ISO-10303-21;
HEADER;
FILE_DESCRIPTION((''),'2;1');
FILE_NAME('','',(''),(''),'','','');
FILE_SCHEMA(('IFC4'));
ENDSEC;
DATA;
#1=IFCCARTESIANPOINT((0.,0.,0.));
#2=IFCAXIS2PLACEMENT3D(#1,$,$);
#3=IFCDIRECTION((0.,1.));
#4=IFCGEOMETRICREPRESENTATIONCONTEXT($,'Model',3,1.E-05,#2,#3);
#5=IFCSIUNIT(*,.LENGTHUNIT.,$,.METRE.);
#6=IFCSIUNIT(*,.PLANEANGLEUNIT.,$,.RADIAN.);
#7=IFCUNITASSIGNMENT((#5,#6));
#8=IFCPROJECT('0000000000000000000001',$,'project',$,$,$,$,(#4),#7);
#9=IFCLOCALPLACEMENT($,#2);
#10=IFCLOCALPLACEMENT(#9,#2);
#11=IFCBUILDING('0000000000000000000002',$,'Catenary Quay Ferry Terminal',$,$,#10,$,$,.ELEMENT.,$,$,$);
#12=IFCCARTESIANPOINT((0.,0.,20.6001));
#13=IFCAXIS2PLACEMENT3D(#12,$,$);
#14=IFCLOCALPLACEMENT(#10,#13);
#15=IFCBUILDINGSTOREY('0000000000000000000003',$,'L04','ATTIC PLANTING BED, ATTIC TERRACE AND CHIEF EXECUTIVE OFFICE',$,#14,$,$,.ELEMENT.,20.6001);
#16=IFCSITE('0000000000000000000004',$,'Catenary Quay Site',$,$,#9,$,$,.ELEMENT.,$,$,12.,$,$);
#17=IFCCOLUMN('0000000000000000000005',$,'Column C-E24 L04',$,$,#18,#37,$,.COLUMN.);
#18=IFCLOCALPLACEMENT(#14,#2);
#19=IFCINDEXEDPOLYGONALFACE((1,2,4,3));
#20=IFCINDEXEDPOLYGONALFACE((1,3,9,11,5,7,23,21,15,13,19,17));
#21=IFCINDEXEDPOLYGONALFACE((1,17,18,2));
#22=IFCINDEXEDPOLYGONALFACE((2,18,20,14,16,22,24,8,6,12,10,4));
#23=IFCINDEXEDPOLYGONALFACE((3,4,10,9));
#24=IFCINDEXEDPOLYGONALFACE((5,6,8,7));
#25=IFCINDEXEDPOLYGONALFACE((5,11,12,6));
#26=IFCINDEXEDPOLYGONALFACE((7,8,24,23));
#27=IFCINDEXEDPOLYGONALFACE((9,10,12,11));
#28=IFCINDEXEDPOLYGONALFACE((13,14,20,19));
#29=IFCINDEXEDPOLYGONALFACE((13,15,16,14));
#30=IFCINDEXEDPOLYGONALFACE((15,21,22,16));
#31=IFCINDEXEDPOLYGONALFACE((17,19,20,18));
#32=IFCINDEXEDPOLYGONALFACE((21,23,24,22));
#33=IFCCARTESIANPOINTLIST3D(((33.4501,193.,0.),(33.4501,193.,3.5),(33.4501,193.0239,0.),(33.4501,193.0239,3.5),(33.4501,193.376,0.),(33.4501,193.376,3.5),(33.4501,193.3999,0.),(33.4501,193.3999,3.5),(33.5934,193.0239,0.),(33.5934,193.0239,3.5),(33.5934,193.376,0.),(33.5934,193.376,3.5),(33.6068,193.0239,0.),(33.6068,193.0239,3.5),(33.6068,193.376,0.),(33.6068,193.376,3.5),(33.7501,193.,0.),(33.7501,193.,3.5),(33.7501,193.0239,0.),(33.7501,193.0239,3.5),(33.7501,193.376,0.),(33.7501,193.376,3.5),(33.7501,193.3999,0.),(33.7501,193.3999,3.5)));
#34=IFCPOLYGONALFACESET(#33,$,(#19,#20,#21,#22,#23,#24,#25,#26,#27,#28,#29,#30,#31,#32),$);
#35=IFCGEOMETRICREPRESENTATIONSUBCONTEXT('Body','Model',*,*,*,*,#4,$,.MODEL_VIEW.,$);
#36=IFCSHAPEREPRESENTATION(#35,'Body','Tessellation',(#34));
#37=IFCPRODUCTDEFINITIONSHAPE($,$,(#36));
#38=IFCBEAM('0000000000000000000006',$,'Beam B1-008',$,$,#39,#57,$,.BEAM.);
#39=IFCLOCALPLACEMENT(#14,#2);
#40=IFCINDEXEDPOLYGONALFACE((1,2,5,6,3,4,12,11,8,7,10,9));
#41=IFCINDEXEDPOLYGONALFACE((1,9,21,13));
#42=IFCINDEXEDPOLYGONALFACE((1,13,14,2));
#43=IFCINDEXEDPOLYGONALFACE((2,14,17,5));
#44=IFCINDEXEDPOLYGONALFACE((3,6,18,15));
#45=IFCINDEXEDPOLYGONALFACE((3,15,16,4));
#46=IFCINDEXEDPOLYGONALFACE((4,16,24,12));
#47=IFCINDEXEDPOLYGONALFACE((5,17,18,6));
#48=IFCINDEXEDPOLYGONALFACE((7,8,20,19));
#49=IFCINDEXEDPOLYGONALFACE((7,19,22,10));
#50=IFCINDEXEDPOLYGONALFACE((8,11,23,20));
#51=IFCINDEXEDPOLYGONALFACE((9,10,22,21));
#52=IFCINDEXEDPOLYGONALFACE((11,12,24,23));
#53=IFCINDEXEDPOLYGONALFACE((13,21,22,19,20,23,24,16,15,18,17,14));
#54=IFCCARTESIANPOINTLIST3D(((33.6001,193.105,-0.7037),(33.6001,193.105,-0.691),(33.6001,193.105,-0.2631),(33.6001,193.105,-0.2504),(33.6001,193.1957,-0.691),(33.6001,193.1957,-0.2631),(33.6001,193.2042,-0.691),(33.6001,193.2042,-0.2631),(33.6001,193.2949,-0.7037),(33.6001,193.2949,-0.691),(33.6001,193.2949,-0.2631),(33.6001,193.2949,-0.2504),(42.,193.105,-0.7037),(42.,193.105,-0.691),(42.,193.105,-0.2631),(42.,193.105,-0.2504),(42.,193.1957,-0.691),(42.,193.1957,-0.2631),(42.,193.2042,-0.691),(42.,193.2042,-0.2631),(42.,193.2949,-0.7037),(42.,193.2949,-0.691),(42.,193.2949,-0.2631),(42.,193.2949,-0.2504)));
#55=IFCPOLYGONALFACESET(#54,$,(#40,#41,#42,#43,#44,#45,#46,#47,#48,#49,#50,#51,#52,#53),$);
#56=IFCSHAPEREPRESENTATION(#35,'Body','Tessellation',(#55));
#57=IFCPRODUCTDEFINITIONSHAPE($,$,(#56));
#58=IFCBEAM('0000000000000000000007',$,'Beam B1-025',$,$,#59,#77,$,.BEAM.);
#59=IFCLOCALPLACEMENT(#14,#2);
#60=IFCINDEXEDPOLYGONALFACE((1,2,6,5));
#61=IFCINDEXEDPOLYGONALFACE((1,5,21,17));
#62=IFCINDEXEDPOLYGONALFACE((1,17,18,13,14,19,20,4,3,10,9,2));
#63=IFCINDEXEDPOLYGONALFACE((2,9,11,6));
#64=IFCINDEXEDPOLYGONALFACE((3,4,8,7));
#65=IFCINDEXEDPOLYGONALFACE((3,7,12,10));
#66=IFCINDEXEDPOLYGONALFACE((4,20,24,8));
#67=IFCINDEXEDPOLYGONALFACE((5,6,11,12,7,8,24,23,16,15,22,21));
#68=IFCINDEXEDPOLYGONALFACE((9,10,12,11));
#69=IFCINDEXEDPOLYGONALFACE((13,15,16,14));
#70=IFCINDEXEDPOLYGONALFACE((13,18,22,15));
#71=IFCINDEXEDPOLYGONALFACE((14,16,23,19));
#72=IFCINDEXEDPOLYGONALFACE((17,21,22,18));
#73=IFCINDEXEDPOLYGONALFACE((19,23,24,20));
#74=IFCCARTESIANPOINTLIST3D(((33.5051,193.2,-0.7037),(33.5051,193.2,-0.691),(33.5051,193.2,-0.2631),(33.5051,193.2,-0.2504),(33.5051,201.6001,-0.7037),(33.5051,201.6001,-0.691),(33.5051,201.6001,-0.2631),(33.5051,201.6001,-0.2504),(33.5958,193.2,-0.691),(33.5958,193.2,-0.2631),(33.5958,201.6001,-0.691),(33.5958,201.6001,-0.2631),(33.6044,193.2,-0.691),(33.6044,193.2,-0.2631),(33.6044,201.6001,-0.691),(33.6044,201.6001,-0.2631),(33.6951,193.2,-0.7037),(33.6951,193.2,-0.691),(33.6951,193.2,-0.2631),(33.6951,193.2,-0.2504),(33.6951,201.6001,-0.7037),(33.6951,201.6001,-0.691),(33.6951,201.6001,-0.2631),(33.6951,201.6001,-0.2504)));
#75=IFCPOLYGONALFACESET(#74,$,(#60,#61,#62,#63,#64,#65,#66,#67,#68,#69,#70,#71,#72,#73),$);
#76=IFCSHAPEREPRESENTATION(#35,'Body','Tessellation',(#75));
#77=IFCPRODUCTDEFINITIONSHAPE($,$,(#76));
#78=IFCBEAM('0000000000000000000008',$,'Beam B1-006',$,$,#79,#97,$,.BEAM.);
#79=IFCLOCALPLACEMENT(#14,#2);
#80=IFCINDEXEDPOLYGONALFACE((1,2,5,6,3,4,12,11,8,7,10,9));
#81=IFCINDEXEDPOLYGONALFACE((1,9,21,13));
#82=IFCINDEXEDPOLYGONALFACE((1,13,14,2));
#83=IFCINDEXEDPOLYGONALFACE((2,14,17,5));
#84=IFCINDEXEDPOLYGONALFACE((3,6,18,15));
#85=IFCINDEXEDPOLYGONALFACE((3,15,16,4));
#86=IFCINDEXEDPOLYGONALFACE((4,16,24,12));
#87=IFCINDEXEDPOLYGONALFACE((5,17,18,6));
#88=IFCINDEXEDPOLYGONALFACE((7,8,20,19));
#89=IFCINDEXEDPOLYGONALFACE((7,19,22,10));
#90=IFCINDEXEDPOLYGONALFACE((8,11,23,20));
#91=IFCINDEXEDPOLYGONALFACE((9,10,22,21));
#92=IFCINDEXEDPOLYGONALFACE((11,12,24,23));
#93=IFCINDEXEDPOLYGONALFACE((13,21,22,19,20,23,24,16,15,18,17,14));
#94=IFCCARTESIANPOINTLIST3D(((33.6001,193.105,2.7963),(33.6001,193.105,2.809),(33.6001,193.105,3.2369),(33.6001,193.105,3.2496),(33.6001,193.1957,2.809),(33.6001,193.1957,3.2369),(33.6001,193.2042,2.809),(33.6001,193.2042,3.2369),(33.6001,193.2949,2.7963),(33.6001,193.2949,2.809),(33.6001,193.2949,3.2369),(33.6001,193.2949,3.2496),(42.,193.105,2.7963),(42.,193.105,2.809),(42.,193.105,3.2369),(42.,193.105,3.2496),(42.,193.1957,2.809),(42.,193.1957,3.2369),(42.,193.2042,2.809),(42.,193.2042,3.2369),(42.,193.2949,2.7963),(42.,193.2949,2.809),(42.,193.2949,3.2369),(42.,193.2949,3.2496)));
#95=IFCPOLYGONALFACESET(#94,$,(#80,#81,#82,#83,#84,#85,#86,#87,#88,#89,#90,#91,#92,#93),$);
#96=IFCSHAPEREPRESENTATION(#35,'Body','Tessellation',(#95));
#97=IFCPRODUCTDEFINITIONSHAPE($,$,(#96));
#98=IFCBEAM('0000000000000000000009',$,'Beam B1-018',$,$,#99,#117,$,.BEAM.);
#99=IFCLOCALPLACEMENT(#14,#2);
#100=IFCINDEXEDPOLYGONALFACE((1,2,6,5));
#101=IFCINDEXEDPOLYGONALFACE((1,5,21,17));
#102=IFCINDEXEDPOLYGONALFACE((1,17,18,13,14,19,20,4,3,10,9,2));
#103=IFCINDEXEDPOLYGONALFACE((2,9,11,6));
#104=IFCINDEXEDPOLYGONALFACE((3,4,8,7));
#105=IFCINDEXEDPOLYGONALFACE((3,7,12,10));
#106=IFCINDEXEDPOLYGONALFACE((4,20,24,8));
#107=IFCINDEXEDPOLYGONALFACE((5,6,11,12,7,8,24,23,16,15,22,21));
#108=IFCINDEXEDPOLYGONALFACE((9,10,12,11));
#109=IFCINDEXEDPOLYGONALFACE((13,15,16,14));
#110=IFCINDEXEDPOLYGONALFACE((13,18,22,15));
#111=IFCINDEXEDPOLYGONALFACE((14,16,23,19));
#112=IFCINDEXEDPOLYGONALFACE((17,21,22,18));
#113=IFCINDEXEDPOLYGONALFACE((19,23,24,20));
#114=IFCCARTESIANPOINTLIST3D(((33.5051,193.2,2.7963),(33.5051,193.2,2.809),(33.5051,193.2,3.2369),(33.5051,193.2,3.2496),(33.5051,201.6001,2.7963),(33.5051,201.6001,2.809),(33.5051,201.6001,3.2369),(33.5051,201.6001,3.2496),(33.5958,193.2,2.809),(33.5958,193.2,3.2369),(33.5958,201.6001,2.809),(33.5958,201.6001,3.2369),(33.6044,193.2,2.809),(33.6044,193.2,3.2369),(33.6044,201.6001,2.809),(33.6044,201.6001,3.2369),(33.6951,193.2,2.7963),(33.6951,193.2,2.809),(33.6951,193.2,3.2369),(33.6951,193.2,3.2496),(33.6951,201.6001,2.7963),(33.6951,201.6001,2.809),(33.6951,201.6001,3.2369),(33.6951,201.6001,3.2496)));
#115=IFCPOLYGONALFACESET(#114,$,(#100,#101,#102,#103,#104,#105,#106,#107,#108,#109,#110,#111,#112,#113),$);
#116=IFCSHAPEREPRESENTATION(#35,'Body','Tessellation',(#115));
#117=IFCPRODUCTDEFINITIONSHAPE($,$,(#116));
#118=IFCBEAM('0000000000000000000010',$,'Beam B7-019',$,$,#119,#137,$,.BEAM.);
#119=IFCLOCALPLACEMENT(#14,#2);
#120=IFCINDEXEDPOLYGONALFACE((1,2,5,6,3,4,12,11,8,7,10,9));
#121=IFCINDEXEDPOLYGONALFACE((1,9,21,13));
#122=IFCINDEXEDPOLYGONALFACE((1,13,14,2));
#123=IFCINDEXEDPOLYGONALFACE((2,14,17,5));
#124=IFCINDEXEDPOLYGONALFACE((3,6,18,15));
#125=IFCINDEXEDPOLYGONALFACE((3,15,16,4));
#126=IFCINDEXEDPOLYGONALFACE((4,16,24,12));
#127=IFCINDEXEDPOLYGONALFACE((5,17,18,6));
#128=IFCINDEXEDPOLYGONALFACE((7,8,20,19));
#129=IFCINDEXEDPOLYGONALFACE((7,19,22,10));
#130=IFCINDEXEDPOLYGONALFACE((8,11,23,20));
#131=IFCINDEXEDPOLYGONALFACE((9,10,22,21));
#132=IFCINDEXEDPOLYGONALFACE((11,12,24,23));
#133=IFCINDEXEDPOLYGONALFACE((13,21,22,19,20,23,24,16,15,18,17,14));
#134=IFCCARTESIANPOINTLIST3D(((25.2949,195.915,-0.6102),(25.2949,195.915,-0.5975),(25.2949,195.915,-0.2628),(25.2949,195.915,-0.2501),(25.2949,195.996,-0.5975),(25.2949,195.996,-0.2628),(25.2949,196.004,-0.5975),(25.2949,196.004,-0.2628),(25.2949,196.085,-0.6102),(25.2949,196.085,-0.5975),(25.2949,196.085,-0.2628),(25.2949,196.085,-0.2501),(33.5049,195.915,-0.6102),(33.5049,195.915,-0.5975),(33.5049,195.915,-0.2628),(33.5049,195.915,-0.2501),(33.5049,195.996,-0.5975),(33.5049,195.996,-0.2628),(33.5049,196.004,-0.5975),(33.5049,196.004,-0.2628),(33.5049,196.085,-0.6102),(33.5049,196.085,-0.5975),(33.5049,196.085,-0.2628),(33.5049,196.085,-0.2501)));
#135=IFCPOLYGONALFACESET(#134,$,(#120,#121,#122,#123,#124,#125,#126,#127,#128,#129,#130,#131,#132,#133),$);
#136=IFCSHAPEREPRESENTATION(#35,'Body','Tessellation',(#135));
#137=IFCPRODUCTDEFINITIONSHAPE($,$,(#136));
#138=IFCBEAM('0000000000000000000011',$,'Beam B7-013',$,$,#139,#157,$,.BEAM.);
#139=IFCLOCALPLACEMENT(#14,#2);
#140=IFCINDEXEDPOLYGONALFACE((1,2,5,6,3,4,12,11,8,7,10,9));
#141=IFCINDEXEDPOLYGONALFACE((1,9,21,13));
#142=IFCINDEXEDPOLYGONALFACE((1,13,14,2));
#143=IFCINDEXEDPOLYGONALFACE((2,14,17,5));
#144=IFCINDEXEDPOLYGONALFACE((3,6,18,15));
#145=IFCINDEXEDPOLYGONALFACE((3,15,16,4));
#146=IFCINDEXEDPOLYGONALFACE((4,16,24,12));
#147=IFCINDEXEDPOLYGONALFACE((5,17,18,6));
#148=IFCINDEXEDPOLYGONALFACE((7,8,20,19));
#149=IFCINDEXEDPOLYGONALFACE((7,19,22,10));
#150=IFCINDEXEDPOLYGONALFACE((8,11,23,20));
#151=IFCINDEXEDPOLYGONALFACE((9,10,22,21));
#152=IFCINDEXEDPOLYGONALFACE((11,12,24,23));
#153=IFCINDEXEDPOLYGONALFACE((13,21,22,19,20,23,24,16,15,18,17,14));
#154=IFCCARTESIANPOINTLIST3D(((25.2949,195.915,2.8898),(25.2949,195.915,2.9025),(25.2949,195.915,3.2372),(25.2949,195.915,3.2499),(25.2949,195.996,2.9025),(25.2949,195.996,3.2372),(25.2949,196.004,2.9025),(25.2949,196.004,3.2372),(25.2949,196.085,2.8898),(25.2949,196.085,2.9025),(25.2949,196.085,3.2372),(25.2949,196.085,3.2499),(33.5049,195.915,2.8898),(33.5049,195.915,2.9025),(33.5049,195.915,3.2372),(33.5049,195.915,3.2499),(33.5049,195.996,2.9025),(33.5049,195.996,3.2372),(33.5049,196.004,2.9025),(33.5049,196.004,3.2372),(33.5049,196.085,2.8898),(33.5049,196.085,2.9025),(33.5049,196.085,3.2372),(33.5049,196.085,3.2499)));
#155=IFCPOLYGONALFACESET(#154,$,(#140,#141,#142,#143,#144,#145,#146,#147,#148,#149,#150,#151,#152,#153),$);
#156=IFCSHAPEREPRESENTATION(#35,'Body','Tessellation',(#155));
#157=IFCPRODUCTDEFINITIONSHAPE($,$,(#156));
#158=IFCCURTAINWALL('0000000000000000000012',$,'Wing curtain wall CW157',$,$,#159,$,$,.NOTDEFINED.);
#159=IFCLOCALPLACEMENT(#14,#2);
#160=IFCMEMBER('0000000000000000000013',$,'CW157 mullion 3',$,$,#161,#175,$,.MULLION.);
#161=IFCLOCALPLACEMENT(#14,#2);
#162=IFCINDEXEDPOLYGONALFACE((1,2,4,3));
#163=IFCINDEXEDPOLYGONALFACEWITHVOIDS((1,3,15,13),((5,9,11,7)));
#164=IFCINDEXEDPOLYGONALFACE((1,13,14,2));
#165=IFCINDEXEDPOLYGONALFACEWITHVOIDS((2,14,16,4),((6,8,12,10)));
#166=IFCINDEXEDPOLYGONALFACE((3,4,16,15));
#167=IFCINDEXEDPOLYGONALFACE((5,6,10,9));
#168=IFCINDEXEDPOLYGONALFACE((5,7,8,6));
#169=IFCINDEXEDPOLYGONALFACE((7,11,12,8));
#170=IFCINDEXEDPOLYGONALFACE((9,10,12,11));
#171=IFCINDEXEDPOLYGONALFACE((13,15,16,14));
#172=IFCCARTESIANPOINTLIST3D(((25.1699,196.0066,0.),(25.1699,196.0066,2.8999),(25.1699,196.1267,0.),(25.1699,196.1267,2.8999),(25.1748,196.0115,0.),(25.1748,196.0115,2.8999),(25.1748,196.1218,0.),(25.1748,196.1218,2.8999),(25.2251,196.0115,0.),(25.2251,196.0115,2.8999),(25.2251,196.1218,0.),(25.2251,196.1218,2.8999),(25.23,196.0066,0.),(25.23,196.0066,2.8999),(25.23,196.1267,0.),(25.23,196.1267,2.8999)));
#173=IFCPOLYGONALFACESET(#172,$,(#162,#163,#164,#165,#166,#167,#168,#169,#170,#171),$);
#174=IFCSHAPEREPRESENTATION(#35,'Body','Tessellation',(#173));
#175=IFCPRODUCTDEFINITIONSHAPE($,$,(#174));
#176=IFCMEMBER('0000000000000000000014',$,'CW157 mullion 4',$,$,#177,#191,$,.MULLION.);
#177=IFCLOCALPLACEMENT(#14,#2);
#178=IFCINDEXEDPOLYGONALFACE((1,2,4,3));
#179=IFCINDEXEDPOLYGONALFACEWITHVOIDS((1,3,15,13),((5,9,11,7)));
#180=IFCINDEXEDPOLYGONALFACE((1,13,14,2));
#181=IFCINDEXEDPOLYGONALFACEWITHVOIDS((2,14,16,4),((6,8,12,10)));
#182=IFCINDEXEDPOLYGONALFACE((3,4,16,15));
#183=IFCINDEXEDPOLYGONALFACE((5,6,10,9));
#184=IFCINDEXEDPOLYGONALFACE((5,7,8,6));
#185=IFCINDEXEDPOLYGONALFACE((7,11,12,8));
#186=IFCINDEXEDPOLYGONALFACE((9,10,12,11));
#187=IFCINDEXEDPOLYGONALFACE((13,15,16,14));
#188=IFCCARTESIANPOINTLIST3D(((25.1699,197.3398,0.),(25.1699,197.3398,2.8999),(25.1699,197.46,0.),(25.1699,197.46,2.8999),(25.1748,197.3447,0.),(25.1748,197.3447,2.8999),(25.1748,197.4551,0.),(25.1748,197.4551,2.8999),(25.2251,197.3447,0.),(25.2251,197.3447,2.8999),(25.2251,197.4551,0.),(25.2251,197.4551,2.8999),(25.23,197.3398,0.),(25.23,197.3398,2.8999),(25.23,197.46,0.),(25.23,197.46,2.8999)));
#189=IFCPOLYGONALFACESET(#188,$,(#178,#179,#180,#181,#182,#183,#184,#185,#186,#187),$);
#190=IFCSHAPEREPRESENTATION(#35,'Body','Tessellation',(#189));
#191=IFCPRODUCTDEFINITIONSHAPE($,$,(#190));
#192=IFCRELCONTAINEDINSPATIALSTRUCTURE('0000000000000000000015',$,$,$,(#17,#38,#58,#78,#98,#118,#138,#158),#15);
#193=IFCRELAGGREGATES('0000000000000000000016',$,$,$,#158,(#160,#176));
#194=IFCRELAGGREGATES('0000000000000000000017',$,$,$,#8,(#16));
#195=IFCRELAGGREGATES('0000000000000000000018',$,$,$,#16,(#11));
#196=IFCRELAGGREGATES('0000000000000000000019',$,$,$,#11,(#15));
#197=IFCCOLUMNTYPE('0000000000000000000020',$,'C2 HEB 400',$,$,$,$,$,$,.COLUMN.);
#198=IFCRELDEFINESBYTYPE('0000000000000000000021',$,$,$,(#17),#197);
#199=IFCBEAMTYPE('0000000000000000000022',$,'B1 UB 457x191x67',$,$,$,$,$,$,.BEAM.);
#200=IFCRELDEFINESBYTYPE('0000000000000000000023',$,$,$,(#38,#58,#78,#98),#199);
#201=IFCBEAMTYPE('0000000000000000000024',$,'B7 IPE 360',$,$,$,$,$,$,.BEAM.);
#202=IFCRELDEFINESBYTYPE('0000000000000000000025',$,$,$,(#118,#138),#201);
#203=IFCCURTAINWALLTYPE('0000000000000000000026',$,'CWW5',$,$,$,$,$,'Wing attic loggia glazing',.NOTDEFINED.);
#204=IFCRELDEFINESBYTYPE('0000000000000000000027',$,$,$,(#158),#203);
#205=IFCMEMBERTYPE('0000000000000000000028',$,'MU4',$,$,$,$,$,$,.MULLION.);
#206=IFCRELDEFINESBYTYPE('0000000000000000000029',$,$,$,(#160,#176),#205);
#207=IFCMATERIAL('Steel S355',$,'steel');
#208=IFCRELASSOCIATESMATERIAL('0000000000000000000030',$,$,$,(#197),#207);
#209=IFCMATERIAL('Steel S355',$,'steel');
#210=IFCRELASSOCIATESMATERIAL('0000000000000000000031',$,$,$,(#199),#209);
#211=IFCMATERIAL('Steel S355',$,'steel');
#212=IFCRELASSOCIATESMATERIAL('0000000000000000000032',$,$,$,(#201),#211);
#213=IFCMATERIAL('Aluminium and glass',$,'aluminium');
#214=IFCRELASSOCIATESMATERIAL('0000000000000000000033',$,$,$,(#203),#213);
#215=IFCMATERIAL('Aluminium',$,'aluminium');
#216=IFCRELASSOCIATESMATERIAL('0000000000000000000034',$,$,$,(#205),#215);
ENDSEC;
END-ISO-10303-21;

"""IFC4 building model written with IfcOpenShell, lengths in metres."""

from ifc_helpers import new_model, si_unit, direction, frame, origin, origin_2d, place, context, subcontext, project, spatial, hollow_rectangle, i_section, extrude, material, material_profile, profile_set, type_object, element, aggregate, save


model = new_model("IFC4")

# Units and contexts
model_context = context("Model", 3, precision=1e-05, world=origin(), true_north=direction((0.0, 1.0)))
body_context = subcontext(model_context, "Body", "Model", "MODEL_VIEW")
ifc_project = project(units=[si_unit("LENGTHUNIT", "METRE"), si_unit("PLANEANGLEUNIT", "RADIAN")], contexts=[model_context])

# Site, building, storey
site_placement = place(None, origin())
site = spatial("IfcSite", under=ifc_project, at=site_placement, Name="Catenary Quay Site", CompositionType="ELEMENT", RefElevation=12.0)
building_placement = place(site_placement, origin())
building = spatial("IfcBuilding", under=site, at=building_placement, Name="Catenary Quay Ferry Terminal", CompositionType="ELEMENT")
storey_placement = place(building_placement, frame((0.0, 0.0, 20.6001)))
storey = spatial("IfcBuildingStorey", under=building, at=storey_placement, Name="L04", Description="ATTIC PLANTING BED, ATTIC TERRACE AND CHIEF EXECUTIVE OFFICE", CompositionType="ELEMENT", Elevation=20.6001)

# Column
ifc_material_1 = material(Name="Steel S355", Category="steel")
ifc_material_profile_1 = material_profile(ifc_material_1, i_section(OverallWidth=0.3, OverallDepth=0.3999, WebThickness=0.0134, FlangeThickness=0.0239, at=origin_2d()), Name="HEB 400")
ifc_profile_set_1 = profile_set([ifc_material_profile_1], Name="Steel S355")
column_type = type_object("IfcColumnType", Name="C2 HEB 400", PredefinedType="COLUMN", material=ifc_profile_set_1)
column_placement = place(storey_placement, frame((33.6001, 193.2, 0.0), z_axis=(0.0, 0.0, 1.0), x_axis=(1.0, 0.0, 0.0)))
element("IfcColumn", 1, at=column_placement, inside=storey, type_object=column_type, Name="Column C-E24 L04", PredefinedType="COLUMN", context=body_context, shape_type="SweptSolid", body=[
    extrude(i_section(OverallWidth=0.3, OverallDepth=0.3999, WebThickness=0.0134, FlangeThickness=0.0239, at=origin_2d()), origin(), (0.0, 0.0, 1.0), 3.5),
])

# Beams
ifc_material_2 = material(Name="Steel S355", Category="steel")
ifc_material_profile_2 = material_profile(ifc_material_2, i_section(OverallWidth=0.1899, OverallDepth=0.4534, WebThickness=0.0085, FlangeThickness=0.0127, at=origin_2d()), Name="UB 457x191x67")
ifc_profile_set_2 = profile_set([ifc_material_profile_2], Name="Steel S355")
beam_type_1 = type_object("IfcBeamType", Name="B1 UB 457x191x67", PredefinedType="BEAM", material=ifc_profile_set_2)
beam_1_placement = place(storey_placement, frame((33.6001, 193.2, -0.4771), z_axis=(1.0, 0.0, 0.0), x_axis=(0.0, 1.0, 0.0)))
element("IfcBeam", 2, at=beam_1_placement, inside=storey, type_object=beam_type_1, Name="Beam B1-008", PredefinedType="BEAM", context=body_context, shape_type="SweptSolid", body=[
    extrude(i_section(OverallWidth=0.1899, OverallDepth=0.4534, WebThickness=0.0085, FlangeThickness=0.0127, at=origin_2d()), origin(), (0.0, 0.0, 1.0), 8.3999),
])
beam_2_placement = place(storey_placement, frame((33.6001, 193.2, -0.4771), z_axis=(0.0, 1.0, 0.0), x_axis=(-1.0, 0.0, 0.0)))
element("IfcBeam", 3, at=beam_2_placement, inside=storey, type_object=beam_type_1, Name="Beam B1-025", PredefinedType="BEAM", context=body_context, shape_type="SweptSolid", body=[
    extrude(i_section(OverallWidth=0.1899, OverallDepth=0.4534, WebThickness=0.0085, FlangeThickness=0.0127, at=origin_2d()), origin(), (0.0, 0.0, 1.0), 8.4001),
])
beam_3_placement = place(storey_placement, frame((33.6001, 193.2, 3.0229), z_axis=(1.0, 0.0, 0.0), x_axis=(0.0, 1.0, 0.0)))
element("IfcBeam", 4, at=beam_3_placement, inside=storey, type_object=beam_type_1, Name="Beam B1-006", PredefinedType="BEAM", context=body_context, shape_type="SweptSolid", body=[
    extrude(i_section(OverallWidth=0.1899, OverallDepth=0.4534, WebThickness=0.0085, FlangeThickness=0.0127, at=origin_2d()), origin(), (0.0, 0.0, 1.0), 8.3999),
])
beam_4_placement = place(storey_placement, frame((33.6001, 193.2, 3.0229), z_axis=(0.0, 1.0, 0.0), x_axis=(-1.0, 0.0, 0.0)))
element("IfcBeam", 5, at=beam_4_placement, inside=storey, type_object=beam_type_1, Name="Beam B1-018", PredefinedType="BEAM", context=body_context, shape_type="SweptSolid", body=[
    extrude(i_section(OverallWidth=0.1899, OverallDepth=0.4534, WebThickness=0.0085, FlangeThickness=0.0127, at=origin_2d()), origin(), (0.0, 0.0, 1.0), 8.4001),
])
ifc_material_3 = material(Name="Steel S355", Category="steel")
ifc_material_profile_3 = material_profile(ifc_material_3, i_section(OverallWidth=0.1699, OverallDepth=0.3601, WebThickness=0.0081, FlangeThickness=0.0127, at=origin_2d()), Name="IPE 360")
ifc_profile_set_3 = profile_set([ifc_material_profile_3], Name="Steel S355")
beam_type_2 = type_object("IfcBeamType", Name="B7 IPE 360", PredefinedType="BEAM", material=ifc_profile_set_3)
for number, where, z_axis, x_axis, name in (
    (6, (25.2949, 196.0, -0.4302), (1.0, 0.0, 0.0), (0.0, 1.0, 0.0), "Beam B7-019"),
    (7, (25.2949, 196.0, 3.0698), (1.0, 0.0, 0.0), (0.0, 1.0, 0.0), "Beam B7-013"),
):
    element("IfcBeam", number, at=place(storey_placement, frame(where, z_axis=z_axis, x_axis=x_axis)), inside=storey, type_object=beam_type_2, Name=name, PredefinedType="BEAM", context=body_context, shape_type="SweptSolid", body=[
        extrude(i_section(OverallWidth=0.1699, OverallDepth=0.3601, WebThickness=0.0081, FlangeThickness=0.0127, at=origin_2d()), origin(), (0.0, 0.0, 1.0), 8.21),
    ])

# Curtain wall, members
ifc_material_4 = material(Name="Aluminium and glass", Category="aluminium")
curtain_wall_type = type_object("IfcCurtainWallType", Name="CWW5", ElementType="Wing attic loggia glazing", PredefinedType="NOTDEFINED", material=ifc_material_4)
curtain_wall_placement = place(storey_placement, origin())
curtain_wall = element("IfcCurtainWall", 8, at=curtain_wall_placement, inside=storey, type_object=curtain_wall_type, Name="Wing curtain wall CW157", PredefinedType="NOTDEFINED")
ifc_material_5 = material(Name="Aluminium", Category="aluminium")
ifc_material_profile_4 = material_profile(ifc_material_5, hollow_rectangle(XDim=0.0601, YDim=0.1201, WallThickness=0.0049, at=origin_2d()), Name="MU4")
ifc_profile_set_4 = profile_set([ifc_material_profile_4], Name="Aluminium")
member_type_1 = type_object("IfcMemberType", Name="MU4", PredefinedType="MULLION", material=ifc_profile_set_4)
member_1_placement = place(storey_placement, frame((25.2, 196.0667, 0.0), z_axis=(0.0, 0.0, 1.0), x_axis=(-1.0, 0.0, 0.0)))
member_1 = element("IfcMember", 9, at=member_1_placement, type_object=member_type_1, Name="CW157 mullion 3", PredefinedType="MULLION", context=body_context, shape_type="SweptSolid", body=[
    extrude(hollow_rectangle(XDim=0.0601, YDim=0.1201, WallThickness=0.0049, at=origin_2d()), origin(), (0.0, 0.0, 1.0), 2.8999),
])
member_2_placement = place(storey_placement, frame((25.2, 197.3999, 0.0), z_axis=(0.0, 0.0, 1.0), x_axis=(-1.0, 0.0, 0.0)))
member_2 = element("IfcMember", 10, at=member_2_placement, type_object=member_type_1, Name="CW157 mullion 4", PredefinedType="MULLION", context=body_context, shape_type="SweptSolid", body=[
    extrude(hollow_rectangle(XDim=0.0601, YDim=0.1201, WallThickness=0.0049, at=origin_2d()), origin(), (0.0, 0.0, 1.0), 2.8999),
])
aggregate(curtain_wall, [member_1, member_2])

save(model, "model.ifc")
